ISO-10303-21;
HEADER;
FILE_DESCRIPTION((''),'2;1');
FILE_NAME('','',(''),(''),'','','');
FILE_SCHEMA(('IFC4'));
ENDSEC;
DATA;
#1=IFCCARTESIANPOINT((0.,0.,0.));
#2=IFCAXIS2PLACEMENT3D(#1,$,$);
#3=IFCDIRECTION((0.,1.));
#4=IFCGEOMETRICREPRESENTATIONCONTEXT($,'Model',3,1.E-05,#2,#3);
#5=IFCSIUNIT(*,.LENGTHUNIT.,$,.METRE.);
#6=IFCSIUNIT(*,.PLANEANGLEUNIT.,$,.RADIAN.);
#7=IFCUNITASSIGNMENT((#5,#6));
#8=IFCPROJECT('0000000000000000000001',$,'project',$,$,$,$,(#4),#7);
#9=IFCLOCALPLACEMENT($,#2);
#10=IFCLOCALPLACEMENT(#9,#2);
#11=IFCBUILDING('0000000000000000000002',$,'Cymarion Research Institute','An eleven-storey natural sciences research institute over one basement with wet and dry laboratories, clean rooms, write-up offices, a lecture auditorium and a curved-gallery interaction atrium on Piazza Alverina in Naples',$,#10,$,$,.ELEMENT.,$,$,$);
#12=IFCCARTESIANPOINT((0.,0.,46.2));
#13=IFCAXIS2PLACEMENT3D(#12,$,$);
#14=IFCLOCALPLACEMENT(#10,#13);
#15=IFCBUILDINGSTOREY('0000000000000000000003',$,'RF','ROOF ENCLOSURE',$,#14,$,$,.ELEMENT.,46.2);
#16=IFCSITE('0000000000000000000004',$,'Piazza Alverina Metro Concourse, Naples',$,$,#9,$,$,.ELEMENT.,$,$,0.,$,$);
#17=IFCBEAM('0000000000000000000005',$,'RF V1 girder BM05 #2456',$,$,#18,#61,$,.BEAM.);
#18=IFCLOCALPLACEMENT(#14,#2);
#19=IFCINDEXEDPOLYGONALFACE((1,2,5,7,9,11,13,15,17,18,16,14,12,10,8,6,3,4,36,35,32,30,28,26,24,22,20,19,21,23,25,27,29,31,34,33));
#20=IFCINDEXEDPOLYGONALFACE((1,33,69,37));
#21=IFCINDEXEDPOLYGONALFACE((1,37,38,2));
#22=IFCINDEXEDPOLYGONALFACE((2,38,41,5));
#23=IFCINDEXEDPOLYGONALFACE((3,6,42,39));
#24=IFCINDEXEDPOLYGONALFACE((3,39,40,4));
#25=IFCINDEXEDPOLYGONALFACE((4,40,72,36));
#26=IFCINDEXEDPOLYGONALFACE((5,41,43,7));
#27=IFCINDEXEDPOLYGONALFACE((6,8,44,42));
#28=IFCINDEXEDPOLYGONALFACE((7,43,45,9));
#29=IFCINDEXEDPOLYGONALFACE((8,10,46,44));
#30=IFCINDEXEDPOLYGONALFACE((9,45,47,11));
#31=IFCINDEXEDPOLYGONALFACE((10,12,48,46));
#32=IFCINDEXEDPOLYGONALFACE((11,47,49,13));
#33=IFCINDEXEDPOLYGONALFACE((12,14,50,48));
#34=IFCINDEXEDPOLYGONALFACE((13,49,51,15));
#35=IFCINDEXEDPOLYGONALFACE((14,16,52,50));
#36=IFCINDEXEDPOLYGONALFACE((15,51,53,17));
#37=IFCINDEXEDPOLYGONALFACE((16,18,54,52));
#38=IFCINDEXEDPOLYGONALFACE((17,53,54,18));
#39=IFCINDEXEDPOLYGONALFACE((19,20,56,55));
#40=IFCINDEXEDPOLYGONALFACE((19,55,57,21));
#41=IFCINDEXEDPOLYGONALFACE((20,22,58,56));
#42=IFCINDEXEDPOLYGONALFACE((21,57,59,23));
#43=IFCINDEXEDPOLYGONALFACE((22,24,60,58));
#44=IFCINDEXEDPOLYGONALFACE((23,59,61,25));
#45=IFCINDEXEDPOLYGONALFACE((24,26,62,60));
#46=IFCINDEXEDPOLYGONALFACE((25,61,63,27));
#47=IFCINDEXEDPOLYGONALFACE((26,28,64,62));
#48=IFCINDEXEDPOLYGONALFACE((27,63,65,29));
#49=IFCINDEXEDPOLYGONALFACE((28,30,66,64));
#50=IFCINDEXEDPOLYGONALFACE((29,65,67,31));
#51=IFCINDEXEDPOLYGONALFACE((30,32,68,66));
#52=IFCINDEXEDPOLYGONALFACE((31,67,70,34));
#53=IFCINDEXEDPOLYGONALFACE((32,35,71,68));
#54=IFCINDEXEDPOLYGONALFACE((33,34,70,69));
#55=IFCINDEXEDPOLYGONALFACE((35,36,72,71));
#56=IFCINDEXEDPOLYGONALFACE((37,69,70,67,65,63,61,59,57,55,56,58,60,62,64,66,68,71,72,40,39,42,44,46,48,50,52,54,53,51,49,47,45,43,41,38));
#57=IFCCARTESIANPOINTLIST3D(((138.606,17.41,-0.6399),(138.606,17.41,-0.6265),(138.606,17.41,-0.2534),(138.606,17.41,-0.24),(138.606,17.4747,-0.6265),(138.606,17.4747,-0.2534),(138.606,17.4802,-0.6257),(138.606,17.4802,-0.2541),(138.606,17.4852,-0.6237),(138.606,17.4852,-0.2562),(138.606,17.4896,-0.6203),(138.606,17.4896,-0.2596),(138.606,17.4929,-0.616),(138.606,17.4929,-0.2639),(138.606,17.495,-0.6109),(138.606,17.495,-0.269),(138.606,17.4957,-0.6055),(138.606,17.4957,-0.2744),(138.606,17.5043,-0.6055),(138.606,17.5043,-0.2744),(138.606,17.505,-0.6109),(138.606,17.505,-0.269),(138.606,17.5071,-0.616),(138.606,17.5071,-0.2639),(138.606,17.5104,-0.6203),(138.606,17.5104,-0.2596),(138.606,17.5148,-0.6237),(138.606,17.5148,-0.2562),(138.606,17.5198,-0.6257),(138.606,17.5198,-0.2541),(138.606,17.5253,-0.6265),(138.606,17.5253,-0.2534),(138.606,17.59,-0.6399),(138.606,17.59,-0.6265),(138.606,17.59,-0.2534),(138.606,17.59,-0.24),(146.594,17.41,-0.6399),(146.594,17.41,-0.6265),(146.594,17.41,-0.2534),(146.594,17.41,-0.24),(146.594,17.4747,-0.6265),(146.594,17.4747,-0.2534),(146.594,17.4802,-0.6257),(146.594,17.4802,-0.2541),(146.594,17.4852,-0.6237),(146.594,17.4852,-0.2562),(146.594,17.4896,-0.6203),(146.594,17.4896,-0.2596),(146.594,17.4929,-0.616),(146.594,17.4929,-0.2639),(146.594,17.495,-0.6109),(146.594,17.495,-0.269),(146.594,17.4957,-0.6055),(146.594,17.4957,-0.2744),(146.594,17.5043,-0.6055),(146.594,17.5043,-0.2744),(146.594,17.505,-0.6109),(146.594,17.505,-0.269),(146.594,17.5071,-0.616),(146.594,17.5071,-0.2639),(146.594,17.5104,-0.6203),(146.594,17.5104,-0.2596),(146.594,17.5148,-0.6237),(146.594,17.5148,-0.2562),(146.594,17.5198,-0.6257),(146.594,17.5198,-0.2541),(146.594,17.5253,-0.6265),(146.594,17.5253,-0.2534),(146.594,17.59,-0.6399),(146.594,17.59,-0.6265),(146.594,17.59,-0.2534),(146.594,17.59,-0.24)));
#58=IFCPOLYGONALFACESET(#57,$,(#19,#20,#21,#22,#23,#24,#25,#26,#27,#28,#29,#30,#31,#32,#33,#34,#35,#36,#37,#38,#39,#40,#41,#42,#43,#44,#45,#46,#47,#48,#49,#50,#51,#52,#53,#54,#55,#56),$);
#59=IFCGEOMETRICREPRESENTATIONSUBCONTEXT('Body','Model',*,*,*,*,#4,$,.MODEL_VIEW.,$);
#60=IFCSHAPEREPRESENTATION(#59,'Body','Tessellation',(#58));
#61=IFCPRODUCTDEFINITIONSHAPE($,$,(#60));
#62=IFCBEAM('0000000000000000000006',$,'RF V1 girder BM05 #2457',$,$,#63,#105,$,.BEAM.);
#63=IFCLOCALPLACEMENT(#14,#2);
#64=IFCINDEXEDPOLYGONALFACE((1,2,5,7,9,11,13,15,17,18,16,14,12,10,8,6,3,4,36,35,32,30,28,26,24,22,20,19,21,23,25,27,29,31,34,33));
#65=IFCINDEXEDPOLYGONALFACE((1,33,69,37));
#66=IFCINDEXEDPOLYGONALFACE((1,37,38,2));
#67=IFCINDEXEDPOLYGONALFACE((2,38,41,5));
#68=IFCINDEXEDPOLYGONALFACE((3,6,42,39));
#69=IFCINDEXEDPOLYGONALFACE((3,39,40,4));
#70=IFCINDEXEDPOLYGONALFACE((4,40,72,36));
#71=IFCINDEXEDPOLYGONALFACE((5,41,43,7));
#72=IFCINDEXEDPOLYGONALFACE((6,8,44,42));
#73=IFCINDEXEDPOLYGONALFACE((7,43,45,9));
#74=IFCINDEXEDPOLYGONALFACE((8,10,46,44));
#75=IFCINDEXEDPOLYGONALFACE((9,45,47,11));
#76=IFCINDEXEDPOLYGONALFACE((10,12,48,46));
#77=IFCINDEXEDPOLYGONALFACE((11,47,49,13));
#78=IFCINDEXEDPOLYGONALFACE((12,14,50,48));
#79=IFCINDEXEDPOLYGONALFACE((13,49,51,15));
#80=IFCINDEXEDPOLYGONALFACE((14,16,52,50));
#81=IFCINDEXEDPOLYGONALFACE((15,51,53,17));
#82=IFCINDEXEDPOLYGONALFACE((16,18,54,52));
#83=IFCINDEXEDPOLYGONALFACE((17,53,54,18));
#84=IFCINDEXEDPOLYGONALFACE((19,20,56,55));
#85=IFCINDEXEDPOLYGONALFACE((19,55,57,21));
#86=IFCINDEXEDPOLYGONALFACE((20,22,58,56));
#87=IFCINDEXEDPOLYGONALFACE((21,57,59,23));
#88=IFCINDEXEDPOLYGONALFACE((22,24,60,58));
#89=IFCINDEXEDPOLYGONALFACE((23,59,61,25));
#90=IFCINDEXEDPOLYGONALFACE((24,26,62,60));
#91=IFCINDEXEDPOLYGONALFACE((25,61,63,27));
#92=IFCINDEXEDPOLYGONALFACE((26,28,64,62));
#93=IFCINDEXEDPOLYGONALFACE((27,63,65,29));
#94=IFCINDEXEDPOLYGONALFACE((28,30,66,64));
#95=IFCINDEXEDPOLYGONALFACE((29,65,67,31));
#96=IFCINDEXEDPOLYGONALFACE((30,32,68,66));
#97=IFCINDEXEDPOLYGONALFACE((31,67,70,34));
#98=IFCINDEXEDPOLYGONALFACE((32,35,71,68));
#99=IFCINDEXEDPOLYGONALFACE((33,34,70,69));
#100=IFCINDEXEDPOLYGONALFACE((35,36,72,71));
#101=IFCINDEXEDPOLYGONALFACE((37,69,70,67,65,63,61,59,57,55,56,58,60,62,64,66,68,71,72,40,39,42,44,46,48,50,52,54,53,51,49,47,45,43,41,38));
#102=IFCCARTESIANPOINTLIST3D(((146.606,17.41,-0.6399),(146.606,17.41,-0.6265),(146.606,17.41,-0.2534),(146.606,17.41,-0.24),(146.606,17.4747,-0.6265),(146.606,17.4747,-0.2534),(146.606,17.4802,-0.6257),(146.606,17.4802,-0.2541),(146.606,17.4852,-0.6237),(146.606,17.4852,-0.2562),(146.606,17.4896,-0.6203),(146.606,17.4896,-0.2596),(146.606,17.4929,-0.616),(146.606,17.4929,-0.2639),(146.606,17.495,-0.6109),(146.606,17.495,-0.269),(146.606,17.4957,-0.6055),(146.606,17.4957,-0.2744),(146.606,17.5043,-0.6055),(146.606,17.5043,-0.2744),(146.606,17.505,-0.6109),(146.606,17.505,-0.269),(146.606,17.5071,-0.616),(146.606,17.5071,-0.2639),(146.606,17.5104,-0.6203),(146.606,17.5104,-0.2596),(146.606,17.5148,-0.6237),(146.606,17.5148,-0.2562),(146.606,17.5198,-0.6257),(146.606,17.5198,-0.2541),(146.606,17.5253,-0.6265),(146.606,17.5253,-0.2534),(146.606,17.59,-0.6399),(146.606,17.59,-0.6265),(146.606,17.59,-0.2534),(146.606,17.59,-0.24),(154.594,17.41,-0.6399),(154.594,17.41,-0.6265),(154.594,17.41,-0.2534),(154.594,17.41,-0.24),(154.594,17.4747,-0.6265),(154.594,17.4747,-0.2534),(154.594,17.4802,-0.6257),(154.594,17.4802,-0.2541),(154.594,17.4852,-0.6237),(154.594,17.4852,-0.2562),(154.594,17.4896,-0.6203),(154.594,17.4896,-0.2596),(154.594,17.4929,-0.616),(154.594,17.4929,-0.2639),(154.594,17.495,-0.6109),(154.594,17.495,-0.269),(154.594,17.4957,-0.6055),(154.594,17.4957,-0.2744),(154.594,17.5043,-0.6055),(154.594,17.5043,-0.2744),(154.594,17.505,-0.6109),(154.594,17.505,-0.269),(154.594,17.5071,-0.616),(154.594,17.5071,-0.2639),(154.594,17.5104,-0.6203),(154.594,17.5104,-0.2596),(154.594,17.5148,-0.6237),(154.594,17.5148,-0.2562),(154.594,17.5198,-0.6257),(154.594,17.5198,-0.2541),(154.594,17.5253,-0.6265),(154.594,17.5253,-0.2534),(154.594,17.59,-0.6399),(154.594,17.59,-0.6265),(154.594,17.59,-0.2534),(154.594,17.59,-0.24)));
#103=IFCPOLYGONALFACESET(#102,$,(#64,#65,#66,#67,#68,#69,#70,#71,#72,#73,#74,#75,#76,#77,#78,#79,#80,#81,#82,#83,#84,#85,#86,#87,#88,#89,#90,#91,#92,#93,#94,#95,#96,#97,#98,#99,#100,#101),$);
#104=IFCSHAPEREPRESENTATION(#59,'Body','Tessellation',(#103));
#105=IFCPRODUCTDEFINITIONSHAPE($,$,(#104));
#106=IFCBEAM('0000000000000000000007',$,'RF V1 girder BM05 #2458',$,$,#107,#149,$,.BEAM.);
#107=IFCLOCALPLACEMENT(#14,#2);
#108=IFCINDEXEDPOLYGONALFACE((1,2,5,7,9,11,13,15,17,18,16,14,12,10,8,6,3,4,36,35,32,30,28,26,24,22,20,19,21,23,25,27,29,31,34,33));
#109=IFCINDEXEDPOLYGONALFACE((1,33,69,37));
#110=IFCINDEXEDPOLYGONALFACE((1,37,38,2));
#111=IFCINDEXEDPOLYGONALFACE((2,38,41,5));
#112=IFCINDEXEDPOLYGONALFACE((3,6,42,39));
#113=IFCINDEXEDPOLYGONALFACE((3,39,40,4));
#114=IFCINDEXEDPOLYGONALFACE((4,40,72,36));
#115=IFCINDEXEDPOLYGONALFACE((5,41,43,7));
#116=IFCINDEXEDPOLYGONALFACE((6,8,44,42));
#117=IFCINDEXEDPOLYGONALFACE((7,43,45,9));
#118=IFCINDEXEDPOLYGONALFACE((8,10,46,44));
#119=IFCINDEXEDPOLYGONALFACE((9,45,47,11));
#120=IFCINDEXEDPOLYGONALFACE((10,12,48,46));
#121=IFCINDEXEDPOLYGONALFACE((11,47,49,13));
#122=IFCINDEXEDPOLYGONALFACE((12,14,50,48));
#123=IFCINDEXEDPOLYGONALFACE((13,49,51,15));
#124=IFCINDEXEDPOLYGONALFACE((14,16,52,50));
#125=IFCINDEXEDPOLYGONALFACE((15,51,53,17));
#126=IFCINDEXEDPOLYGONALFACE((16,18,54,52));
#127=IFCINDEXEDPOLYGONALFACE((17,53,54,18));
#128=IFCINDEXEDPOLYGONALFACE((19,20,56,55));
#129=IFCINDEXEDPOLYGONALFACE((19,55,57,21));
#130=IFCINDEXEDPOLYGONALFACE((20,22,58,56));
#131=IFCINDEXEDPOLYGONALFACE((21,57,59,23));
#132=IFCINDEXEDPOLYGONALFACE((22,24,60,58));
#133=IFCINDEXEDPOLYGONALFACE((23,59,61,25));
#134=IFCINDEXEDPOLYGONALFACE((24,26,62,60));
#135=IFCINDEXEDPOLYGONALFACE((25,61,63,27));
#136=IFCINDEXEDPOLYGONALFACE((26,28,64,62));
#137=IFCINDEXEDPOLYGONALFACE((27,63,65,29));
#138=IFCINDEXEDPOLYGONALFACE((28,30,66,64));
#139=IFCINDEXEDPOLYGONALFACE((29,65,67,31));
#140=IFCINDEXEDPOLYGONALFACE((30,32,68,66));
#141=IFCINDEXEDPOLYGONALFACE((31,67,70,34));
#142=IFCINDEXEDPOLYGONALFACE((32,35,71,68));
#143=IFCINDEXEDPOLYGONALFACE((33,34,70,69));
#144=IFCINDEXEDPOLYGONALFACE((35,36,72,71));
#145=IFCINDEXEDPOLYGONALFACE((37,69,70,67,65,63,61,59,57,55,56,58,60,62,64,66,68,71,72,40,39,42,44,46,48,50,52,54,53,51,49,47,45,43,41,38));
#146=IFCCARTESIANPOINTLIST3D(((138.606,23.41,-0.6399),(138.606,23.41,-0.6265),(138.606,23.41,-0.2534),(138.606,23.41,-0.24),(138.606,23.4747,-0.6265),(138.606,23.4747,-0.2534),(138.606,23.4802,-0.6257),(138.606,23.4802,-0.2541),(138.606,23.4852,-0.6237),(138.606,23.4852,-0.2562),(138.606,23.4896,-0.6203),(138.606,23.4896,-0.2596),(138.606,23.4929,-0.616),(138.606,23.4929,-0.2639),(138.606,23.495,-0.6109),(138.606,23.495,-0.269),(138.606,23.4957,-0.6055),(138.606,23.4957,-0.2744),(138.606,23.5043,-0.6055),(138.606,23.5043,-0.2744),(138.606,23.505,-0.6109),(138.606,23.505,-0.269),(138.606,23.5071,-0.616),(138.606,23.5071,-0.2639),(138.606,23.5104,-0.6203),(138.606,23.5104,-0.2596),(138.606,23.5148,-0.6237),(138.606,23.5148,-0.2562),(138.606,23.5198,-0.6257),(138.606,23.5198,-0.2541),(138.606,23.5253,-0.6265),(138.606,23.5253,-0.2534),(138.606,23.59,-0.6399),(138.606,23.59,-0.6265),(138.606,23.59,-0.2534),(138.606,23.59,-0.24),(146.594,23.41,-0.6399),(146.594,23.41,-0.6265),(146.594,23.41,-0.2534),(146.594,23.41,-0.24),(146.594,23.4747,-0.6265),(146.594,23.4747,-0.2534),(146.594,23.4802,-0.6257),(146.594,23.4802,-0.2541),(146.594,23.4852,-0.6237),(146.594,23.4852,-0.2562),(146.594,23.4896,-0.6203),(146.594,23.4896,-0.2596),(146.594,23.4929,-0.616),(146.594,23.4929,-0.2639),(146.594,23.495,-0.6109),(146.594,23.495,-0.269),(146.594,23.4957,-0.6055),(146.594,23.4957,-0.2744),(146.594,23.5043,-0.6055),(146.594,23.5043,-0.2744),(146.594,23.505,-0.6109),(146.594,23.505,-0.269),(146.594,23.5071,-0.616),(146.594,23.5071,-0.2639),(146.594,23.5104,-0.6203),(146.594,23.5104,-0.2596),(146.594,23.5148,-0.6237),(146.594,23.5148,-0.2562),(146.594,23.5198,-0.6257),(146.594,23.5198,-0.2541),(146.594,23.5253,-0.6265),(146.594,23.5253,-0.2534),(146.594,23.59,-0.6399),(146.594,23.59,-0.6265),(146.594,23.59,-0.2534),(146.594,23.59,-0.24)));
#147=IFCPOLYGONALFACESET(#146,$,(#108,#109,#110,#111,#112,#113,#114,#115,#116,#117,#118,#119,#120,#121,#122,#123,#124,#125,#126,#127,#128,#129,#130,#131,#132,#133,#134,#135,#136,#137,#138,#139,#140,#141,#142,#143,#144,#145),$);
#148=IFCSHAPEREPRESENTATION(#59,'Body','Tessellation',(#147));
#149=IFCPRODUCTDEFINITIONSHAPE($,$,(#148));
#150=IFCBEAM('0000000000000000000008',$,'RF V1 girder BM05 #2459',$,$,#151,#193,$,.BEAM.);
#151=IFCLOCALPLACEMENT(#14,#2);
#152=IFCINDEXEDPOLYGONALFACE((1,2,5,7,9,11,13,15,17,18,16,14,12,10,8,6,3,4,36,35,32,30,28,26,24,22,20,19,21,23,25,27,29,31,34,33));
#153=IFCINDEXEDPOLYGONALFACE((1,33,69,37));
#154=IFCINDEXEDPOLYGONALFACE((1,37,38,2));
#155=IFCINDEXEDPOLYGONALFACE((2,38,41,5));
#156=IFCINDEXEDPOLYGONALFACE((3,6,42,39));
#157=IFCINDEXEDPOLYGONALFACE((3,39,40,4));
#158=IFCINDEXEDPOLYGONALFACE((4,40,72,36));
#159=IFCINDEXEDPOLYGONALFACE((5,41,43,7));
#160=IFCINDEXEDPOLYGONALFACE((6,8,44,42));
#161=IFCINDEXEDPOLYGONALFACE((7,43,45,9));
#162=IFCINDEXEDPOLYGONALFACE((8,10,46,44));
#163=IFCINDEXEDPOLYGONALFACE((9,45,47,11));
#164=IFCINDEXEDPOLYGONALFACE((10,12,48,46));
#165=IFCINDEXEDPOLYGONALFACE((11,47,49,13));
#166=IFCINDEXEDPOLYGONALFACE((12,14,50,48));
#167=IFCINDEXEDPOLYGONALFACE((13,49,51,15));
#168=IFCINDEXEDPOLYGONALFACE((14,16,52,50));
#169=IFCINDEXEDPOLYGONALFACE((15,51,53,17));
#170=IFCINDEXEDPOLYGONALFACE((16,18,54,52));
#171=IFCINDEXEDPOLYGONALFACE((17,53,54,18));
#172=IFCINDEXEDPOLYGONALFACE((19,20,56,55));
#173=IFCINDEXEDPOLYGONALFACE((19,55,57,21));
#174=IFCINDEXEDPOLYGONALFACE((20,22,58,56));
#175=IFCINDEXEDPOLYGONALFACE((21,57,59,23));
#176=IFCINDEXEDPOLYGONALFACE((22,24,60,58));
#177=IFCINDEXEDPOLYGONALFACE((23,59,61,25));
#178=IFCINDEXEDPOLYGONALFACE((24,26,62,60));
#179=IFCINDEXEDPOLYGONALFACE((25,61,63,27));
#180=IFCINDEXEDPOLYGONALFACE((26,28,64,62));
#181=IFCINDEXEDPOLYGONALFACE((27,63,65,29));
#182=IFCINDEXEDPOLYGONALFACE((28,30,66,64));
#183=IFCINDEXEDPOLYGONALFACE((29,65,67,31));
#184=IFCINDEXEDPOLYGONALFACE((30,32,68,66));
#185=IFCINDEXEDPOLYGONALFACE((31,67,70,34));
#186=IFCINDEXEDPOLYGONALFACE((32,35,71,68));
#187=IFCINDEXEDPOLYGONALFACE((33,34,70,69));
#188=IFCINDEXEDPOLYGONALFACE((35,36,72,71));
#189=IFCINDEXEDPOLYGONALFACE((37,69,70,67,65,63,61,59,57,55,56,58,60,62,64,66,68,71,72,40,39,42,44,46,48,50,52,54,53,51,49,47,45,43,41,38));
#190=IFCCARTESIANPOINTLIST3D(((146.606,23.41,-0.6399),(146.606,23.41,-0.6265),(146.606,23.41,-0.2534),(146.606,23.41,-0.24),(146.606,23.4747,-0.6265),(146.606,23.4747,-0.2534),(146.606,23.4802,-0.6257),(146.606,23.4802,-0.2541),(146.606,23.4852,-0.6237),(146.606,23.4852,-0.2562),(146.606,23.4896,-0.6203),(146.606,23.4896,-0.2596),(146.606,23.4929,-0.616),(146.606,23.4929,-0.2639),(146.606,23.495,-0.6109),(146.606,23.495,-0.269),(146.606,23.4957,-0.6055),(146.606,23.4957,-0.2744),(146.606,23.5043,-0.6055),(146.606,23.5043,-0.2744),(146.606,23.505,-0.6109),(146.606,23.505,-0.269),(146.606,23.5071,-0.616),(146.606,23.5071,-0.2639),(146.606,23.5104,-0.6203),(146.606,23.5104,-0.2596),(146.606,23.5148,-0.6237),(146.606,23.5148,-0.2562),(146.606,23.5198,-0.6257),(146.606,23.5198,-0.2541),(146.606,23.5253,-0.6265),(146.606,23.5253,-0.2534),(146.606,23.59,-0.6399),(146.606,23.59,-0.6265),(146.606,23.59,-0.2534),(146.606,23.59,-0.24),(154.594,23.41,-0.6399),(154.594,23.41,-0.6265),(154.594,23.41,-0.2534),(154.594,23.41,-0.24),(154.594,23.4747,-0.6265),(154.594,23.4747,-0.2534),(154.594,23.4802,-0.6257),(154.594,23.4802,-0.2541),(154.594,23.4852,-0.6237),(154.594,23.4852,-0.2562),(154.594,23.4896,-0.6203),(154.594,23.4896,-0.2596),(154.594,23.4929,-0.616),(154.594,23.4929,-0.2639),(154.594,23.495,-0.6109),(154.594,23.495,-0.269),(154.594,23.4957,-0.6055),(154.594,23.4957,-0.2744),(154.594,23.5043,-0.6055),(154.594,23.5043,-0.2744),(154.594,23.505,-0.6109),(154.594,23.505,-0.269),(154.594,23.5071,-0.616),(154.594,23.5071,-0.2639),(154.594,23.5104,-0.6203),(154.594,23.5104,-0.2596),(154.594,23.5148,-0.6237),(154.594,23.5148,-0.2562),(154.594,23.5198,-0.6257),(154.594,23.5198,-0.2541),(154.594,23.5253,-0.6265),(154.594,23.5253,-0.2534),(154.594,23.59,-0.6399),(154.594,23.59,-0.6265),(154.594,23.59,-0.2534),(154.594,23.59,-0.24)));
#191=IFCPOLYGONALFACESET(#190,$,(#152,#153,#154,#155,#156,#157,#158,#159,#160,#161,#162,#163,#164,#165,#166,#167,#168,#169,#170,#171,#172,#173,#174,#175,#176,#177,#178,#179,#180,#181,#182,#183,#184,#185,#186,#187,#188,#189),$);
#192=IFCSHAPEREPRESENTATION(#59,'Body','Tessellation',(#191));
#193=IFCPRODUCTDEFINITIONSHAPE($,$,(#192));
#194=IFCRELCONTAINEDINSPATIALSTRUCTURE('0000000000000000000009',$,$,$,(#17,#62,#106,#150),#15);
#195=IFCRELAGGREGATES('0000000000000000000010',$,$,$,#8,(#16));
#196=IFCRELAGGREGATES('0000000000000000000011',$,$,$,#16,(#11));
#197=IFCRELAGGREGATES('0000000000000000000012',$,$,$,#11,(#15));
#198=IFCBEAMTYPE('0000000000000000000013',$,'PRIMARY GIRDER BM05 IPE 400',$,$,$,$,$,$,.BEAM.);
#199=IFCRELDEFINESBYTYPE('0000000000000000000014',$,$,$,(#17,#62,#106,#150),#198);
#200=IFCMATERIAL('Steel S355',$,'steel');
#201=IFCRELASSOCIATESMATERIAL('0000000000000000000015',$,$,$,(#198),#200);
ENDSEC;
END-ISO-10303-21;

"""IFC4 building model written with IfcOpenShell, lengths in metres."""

from ifc_helpers import new_model, si_unit, direction, frame, origin, origin_2d, place, context, subcontext, project, spatial, i_section, extrude, material, material_profile, profile_set, type_object, element, save


model = new_model("IFC4")

# Units and contexts
model_context = context("Model", 3, precision=1e-05, world=origin(), true_north=direction((0.0, 1.0)))
body_context = subcontext(model_context, "Body", "Model", "MODEL_VIEW")
ifc_project = project(units=[si_unit("LENGTHUNIT", "METRE"), si_unit("PLANEANGLEUNIT", "RADIAN")], contexts=[model_context])

# Site, building, storey
site_placement = place(None, origin())
site = spatial("IfcSite", under=ifc_project, at=site_placement, Name="Piazza Alverina Metro Concourse, Naples", CompositionType="ELEMENT", RefElevation=0.0)
building_placement = place(site_placement, origin())
building = spatial("IfcBuilding", under=site, at=building_placement, Name="Cymarion Research Institute", Description="An eleven-storey natural sciences research institute over one basement with wet and dry laboratories, clean rooms, write-up offices, a lecture auditorium and a curved-gallery interaction atrium on Piazza Alverina in Naples", CompositionType="ELEMENT")
storey_placement = place(building_placement, frame((0.0, 0.0, 46.2)))
storey = spatial("IfcBuildingStorey", under=building, at=storey_placement, Name="RF", Description="ROOF ENCLOSURE", CompositionType="ELEMENT", Elevation=46.2)

# Beams
ifc_material_1 = material(Name="Steel S355", Category="steel")
ifc_material_profile_1 = material_profile(ifc_material_1, i_section(OverallWidth=0.1799, OverallDepth=0.3999, WebThickness=0.0085, FlangeThickness=0.0134, FilletRadius=0.021, at=origin_2d()), Name="IPE 400")
ifc_profile_set_1 = profile_set([ifc_material_profile_1], Name="Steel S355")
beam_type_1 = type_object("IfcBeamType", Name="PRIMARY GIRDER BM05 IPE 400", PredefinedType="BEAM", material=ifc_profile_set_1)
for number, where, z_axis, x_axis, name in (
    (1, (138.606, 17.5, -0.4399), (1.0, 0.0, 0.0), (0.0, 1.0, 0.0), "RF V1 girder BM05 #2456"),
    (2, (146.606, 17.5, -0.4399), (1.0, 0.0, 0.0), (0.0, 1.0, 0.0), "RF V1 girder BM05 #2457"),
    (3, (138.606, 23.5, -0.4399), (1.0, 0.0, 0.0), (0.0, 1.0, 0.0), "RF V1 girder BM05 #2458"),
    (4, (146.606, 23.5, -0.4399), (1.0, 0.0, 0.0), (0.0, 1.0, 0.0), "RF V1 girder BM05 #2459"),
):
    element("IfcBeam", number, at=place(storey_placement, frame(where, z_axis=z_axis, x_axis=x_axis)), inside=storey, type_object=beam_type_1, Name=name, PredefinedType="BEAM", context=body_context, shape_type="SweptSolid", body=[
        extrude(i_section(OverallWidth=0.1799, OverallDepth=0.3999, WebThickness=0.0085, FlangeThickness=0.0134, FilletRadius=0.021, at=origin_2d()), origin(), (0.0, 0.0, 1.0), 7.988),
    ])

save(model, "model.ifc")
